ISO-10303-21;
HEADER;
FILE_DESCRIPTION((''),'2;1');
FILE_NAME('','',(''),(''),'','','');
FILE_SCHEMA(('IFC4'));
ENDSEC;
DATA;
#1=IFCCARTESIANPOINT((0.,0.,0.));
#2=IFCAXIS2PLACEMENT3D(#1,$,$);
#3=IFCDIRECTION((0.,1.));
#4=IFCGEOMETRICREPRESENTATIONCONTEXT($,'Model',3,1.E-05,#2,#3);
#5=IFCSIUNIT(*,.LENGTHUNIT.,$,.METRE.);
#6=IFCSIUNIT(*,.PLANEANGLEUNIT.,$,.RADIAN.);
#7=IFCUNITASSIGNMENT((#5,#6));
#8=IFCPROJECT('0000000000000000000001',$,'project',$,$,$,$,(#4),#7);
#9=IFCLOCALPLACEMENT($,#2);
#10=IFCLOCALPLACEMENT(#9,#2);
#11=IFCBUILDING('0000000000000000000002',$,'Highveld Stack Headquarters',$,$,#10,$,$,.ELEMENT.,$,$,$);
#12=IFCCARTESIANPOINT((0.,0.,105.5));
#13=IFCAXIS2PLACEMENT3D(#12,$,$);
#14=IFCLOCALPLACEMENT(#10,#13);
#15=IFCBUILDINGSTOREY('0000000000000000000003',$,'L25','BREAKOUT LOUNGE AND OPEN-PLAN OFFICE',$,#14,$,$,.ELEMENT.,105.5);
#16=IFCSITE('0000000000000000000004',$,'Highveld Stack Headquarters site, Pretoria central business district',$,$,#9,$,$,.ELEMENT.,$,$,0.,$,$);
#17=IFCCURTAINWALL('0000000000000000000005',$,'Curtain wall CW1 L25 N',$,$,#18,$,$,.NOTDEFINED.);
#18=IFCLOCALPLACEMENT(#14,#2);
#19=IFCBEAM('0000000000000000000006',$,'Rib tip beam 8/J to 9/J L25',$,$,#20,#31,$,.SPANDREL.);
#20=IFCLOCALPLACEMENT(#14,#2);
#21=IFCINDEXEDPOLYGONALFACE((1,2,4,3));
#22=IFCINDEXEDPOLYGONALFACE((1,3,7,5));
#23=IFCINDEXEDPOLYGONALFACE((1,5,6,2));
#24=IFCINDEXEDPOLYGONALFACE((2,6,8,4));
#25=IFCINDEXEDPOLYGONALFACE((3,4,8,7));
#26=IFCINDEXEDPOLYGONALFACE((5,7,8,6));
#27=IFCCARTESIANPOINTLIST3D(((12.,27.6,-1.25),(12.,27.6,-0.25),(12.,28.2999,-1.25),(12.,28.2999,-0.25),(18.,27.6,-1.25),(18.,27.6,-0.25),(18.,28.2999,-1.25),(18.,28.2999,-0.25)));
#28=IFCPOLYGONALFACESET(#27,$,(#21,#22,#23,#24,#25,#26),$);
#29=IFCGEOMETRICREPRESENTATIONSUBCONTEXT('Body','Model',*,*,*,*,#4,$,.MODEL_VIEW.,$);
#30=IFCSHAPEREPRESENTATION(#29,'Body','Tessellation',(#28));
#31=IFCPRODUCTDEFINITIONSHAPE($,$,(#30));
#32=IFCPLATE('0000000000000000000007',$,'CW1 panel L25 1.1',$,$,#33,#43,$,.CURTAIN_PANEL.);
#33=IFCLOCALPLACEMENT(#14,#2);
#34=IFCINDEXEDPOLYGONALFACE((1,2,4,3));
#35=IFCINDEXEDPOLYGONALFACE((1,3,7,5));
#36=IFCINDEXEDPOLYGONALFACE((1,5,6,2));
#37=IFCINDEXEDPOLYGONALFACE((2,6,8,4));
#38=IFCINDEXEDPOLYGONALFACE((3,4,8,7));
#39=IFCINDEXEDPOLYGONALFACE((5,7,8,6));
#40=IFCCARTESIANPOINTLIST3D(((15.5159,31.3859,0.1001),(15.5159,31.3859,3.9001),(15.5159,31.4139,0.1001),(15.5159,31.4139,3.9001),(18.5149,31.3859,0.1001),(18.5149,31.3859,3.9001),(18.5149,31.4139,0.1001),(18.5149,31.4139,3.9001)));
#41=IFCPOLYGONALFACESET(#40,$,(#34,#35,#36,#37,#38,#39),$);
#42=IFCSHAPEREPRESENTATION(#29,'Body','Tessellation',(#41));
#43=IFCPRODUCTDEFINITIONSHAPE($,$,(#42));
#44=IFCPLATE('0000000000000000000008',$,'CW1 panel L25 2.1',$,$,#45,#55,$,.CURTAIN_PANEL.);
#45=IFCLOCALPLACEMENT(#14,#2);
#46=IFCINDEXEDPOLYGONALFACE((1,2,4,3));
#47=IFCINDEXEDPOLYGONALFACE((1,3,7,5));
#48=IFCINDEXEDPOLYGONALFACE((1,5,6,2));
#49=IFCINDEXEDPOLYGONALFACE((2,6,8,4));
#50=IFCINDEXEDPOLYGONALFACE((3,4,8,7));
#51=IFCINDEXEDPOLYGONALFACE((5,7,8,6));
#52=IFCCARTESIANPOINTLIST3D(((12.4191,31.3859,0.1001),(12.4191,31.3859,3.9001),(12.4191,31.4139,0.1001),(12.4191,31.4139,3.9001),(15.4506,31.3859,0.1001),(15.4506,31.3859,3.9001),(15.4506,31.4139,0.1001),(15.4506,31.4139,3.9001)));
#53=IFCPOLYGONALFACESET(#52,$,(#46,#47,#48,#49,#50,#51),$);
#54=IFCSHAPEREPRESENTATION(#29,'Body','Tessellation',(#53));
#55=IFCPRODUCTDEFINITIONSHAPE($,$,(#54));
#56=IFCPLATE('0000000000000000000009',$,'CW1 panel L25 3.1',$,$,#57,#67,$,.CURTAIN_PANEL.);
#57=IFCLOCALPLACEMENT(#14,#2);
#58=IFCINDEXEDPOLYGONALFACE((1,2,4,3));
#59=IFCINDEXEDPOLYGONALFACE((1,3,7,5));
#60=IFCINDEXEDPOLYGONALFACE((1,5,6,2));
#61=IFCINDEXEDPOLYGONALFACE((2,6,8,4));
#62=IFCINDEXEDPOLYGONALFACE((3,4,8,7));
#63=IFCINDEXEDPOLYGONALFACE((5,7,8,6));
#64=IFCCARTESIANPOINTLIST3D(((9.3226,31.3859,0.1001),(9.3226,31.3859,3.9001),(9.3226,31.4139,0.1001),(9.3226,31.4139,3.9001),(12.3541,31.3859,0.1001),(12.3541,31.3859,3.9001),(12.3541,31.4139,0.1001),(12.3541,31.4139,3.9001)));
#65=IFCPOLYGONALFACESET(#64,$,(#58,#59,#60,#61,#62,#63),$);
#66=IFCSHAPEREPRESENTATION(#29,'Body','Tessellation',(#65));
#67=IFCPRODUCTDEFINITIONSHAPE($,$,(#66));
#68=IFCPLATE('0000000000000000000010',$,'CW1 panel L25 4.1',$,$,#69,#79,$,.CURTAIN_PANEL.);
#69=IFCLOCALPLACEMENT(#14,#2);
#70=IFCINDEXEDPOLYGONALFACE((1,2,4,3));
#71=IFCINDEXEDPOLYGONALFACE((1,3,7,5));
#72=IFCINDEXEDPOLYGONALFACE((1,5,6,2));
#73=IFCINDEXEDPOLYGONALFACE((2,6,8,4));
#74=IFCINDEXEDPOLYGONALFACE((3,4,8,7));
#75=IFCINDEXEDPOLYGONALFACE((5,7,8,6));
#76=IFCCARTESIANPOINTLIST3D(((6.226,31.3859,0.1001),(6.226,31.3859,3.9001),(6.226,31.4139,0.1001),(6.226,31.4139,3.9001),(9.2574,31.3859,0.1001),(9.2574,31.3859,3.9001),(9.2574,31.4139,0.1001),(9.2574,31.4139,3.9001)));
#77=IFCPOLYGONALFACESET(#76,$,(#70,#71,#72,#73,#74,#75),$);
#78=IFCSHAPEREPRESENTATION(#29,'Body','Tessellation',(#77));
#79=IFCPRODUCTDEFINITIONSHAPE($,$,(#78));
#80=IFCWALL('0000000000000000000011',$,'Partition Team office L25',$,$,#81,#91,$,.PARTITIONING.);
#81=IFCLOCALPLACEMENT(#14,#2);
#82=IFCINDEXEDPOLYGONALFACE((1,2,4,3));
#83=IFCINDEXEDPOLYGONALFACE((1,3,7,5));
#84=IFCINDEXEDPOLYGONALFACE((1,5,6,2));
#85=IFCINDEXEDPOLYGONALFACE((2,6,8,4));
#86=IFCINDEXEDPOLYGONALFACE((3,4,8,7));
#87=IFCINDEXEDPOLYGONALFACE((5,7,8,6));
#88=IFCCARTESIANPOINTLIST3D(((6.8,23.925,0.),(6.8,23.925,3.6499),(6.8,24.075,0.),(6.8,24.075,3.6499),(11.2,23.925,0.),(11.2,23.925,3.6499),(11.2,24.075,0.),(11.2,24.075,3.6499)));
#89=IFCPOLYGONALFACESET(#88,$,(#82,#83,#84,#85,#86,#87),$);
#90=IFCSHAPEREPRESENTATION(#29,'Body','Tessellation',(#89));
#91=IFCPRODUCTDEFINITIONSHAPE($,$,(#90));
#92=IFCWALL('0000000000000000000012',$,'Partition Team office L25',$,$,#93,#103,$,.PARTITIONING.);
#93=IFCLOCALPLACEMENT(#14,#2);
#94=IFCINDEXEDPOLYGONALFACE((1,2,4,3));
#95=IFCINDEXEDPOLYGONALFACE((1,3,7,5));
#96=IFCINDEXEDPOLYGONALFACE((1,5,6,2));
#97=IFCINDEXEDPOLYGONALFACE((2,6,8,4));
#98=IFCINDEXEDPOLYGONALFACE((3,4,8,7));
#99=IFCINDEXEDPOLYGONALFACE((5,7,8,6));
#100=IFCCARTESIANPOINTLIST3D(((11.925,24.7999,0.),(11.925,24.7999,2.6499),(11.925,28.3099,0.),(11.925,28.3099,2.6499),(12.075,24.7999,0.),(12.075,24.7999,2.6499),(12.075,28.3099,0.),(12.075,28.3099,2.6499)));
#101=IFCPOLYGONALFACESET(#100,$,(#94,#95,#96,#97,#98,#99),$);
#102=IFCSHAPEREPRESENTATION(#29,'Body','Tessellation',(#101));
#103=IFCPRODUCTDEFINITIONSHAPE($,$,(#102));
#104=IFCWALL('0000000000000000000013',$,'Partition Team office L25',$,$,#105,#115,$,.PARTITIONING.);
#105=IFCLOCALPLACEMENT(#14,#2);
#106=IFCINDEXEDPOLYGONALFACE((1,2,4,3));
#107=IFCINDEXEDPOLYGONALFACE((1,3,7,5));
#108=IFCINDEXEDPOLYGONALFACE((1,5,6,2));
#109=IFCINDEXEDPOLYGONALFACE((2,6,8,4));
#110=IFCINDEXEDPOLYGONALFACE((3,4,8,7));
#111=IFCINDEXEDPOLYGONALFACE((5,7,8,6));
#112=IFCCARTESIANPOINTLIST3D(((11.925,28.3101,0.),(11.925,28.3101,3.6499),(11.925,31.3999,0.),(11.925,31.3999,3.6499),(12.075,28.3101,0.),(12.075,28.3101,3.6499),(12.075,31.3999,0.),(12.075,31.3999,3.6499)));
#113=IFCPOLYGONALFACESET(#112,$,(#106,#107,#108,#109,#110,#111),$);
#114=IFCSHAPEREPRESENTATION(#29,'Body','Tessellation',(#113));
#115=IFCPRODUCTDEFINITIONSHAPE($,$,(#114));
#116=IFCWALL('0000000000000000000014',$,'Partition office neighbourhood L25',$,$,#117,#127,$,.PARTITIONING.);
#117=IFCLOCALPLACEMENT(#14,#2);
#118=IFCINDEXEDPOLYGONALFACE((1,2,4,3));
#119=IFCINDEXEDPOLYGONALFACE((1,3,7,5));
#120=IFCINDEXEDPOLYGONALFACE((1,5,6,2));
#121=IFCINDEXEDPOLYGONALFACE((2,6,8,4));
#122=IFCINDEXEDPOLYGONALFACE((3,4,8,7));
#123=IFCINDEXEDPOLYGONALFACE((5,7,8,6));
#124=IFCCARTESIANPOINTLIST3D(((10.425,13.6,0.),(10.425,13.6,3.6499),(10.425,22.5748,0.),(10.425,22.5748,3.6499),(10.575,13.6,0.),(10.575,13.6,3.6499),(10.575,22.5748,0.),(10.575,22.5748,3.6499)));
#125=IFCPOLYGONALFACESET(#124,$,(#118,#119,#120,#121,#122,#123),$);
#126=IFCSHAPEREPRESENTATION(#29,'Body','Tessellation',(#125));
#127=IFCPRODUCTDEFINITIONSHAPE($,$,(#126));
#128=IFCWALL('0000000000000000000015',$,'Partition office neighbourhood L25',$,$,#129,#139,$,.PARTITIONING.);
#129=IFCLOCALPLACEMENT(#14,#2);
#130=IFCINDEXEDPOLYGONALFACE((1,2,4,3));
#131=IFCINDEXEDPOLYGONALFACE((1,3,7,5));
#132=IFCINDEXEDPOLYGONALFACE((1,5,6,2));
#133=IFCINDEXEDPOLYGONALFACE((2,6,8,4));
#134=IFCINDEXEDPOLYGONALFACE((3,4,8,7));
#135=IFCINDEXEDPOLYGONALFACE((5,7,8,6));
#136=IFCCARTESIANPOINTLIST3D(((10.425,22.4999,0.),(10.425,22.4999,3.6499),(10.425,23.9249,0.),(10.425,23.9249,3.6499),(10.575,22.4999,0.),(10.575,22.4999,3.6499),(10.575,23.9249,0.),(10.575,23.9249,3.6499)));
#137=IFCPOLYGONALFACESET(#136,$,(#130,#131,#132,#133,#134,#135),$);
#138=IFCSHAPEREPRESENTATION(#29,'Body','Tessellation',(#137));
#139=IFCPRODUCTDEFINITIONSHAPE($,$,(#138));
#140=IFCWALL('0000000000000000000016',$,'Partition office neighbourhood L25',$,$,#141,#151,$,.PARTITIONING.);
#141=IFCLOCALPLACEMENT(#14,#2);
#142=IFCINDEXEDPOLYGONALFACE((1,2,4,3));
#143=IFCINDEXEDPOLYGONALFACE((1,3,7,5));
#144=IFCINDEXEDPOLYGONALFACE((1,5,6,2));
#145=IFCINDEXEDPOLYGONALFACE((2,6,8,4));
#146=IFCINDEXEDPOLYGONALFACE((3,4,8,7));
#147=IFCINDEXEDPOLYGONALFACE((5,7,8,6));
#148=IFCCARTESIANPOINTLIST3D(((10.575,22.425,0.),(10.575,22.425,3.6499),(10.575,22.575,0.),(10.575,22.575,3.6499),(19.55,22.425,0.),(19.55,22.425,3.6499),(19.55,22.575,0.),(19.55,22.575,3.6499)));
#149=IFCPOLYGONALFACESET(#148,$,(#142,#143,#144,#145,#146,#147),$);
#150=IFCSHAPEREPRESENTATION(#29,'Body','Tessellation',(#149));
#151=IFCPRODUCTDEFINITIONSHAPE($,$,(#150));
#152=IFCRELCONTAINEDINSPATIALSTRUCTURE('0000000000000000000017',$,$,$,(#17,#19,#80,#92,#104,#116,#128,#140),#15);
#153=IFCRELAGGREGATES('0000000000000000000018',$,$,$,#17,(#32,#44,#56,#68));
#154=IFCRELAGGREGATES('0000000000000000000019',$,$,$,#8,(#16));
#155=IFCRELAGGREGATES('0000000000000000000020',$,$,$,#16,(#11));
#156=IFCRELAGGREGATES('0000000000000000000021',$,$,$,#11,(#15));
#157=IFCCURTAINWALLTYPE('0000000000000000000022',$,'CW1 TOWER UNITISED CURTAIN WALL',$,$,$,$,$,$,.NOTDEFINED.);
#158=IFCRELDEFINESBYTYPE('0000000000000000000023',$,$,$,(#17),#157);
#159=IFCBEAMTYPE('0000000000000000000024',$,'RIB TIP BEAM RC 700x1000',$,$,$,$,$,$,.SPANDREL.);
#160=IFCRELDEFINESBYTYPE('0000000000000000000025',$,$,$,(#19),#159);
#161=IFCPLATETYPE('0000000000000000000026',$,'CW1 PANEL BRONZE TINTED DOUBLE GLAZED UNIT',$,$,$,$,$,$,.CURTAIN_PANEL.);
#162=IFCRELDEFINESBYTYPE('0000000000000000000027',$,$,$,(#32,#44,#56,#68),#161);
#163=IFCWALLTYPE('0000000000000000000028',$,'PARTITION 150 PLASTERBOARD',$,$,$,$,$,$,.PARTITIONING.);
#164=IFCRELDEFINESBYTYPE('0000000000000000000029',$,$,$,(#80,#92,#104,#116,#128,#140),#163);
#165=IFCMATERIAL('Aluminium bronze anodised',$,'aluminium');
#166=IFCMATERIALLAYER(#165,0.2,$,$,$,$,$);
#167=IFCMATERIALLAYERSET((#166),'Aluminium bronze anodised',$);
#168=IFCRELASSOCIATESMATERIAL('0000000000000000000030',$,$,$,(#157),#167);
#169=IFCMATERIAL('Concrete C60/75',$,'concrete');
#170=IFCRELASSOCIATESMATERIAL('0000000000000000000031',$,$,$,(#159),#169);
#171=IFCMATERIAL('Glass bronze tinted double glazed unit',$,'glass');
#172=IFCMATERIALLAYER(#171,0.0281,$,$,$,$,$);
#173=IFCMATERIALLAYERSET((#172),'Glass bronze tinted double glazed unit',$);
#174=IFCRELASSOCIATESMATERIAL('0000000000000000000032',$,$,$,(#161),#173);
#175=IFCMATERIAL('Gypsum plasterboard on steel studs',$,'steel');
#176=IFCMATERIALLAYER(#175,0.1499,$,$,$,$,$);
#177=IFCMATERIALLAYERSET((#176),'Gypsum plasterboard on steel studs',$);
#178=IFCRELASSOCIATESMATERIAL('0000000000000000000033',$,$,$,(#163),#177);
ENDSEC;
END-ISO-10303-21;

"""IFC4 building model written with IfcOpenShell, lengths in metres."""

from ifc_helpers import new_model, si_unit, direction, frame, frame_2d, origin, origin_2d, place, context, subcontext, project, spatial, rectangle, extrude, material, layer, layer_set, material_profile, profile_set, type_object, element, aggregate, save


model = new_model("IFC4")

# Units and contexts
model_context = context("Model", 3, precision=1e-05, world=origin(), true_north=direction((0.0, 1.0)))
body_context = subcontext(model_context, "Body", "Model", "MODEL_VIEW")
ifc_project = project(units=[si_unit("LENGTHUNIT", "METRE"), si_unit("PLANEANGLEUNIT", "RADIAN")], contexts=[model_context])

# Site, building, storey
site_placement = place(None, origin())
site = spatial("IfcSite", under=ifc_project, at=site_placement, Name="Highveld Stack Headquarters site, Pretoria central business district", CompositionType="ELEMENT", RefElevation=0.0)
building_placement = place(site_placement, origin())
building = spatial("IfcBuilding", under=site, at=building_placement, Name="Highveld Stack Headquarters", CompositionType="ELEMENT")
storey_placement = place(building_placement, frame((0.0, 0.0, 105.5)))
storey = spatial("IfcBuildingStorey", under=building, at=storey_placement, Name="L25", Description="BREAKOUT LOUNGE AND OPEN-PLAN OFFICE", CompositionType="ELEMENT", Elevation=105.5)

# Curtain wall
ifc_material_1 = material(Name="Aluminium bronze anodised", Category="aluminium")
ifc_layer_1 = layer(ifc_material_1, 0.2)
ifc_layer_set_1 = layer_set([ifc_layer_1], Name="Aluminium bronze anodised")
curtain_wall_type = type_object("IfcCurtainWallType", Name="CW1 TOWER UNITISED CURTAIN WALL", PredefinedType="NOTDEFINED", material=ifc_layer_set_1)
curtain_wall_placement = place(storey_placement, origin())
curtain_wall = element("IfcCurtainWall", 1, at=curtain_wall_placement, inside=storey, type_object=curtain_wall_type, Name="Curtain wall CW1 L25 N", PredefinedType="NOTDEFINED")

# Beam
ifc_material_2 = material(Name="Concrete C60/75", Category="concrete")
ifc_material_profile_1 = material_profile(ifc_material_2, rectangle(XDim=0.7, YDim=1.0, at=origin_2d()), Name="RC 700x1000")
ifc_profile_set_1 = profile_set([ifc_material_profile_1], Name="Concrete C60/75")
beam_type_1 = type_object("IfcBeamType", Name="RIB TIP BEAM RC 700x1000", PredefinedType="SPANDREL", material=ifc_profile_set_1)
beam_1_placement = place(storey_placement, frame((12.0, 27.95, -0.75), z_axis=(1.0, 0.0, 0.0), x_axis=(0.0, 1.0, 0.0)))
element("IfcBeam", 2, at=beam_1_placement, inside=storey, type_object=beam_type_1, Name="Rib tip beam 8/J to 9/J L25", PredefinedType="SPANDREL", context=body_context, shape_type="SweptSolid", body=[
    extrude(rectangle(XDim=0.7, YDim=1.0, at=origin_2d()), origin(), (0.0, 0.0, 1.0), 6.0),
])

# Plates
ifc_material_3 = material(Name="Glass bronze tinted double glazed unit", Category="glass")
ifc_layer_2 = layer(ifc_material_3, 0.0281)
ifc_layer_set_2 = layer_set([ifc_layer_2], Name="Glass bronze tinted double glazed unit")
plate_type = type_object("IfcPlateType", Name="CW1 PANEL BRONZE TINTED DOUBLE GLAZED UNIT", PredefinedType="CURTAIN_PANEL", material=ifc_layer_set_2)
plate_1_placement = place(storey_placement, frame((17.0154, 31.3999, 0.1001), z_axis=(0.0, 0.0, 1.0), x_axis=(-1.0, 0.0, 0.0)))
plate_1 = element("IfcPlate", 3, at=plate_1_placement, type_object=plate_type, Name="CW1 panel L25 1.1", PredefinedType="CURTAIN_PANEL", context=body_context, shape_type="SweptSolid", body=[
    extrude(rectangle(XDim=2.999, YDim=0.0281, at=origin_2d()), origin(), (0.0, 0.0, 1.0), 3.8),
])
plate_2_placement = place(storey_placement, frame((13.9348, 31.3999, 0.1001), z_axis=(0.0, 0.0, 1.0), x_axis=(-1.0, 0.0, 0.0)))
plate_2 = element("IfcPlate", 4, at=plate_2_placement, type_object=plate_type, Name="CW1 panel L25 2.1", PredefinedType="CURTAIN_PANEL", context=body_context, shape_type="SweptSolid", body=[
    extrude(rectangle(XDim=3.0315, YDim=0.0281, at=origin_2d()), origin(), (0.0, 0.0, 1.0), 3.8),
])
plate_3_placement = place(storey_placement, frame((10.8384, 31.3999, 0.1001), z_axis=(0.0, 0.0, 1.0), x_axis=(-1.0, 0.0, 0.0)))
plate_3 = element("IfcPlate", 5, at=plate_3_placement, type_object=plate_type, Name="CW1 panel L25 3.1", PredefinedType="CURTAIN_PANEL", context=body_context, shape_type="SweptSolid", body=[
    extrude(rectangle(XDim=3.0315, YDim=0.0281, at=origin_2d()), origin(), (0.0, 0.0, 1.0), 3.8),
])
plate_4_placement = place(storey_placement, frame((7.7417, 31.3999, 0.1001), z_axis=(0.0, 0.0, 1.0), x_axis=(-1.0, 0.0, 0.0)))
plate_4 = element("IfcPlate", 6, at=plate_4_placement, type_object=plate_type, Name="CW1 panel L25 4.1", PredefinedType="CURTAIN_PANEL", context=body_context, shape_type="SweptSolid", body=[
    extrude(rectangle(XDim=3.0315, YDim=0.0281, at=origin_2d()), origin(), (0.0, 0.0, 1.0), 3.8),
])
aggregate(curtain_wall, [plate_1, plate_2, plate_3, plate_4])

# Walls
ifc_material_4 = material(Name="Gypsum plasterboard on steel studs", Category="steel")
ifc_layer_3 = layer(ifc_material_4, 0.1499)
ifc_layer_set_3 = layer_set([ifc_layer_3], Name="Gypsum plasterboard on steel studs")
wall_type = type_object("IfcWallType", Name="PARTITION 150 PLASTERBOARD", PredefinedType="PARTITIONING", material=ifc_layer_set_3)
wall_1_placement = place(storey_placement, frame((6.8, 24.0, 0.0), z_axis=(0.0, 0.0, 1.0), x_axis=(1.0, 0.0, 0.0)))
element("IfcWall", 7, at=wall_1_placement, inside=storey, type_object=wall_type, Name="Partition Team office L25", PredefinedType="PARTITIONING", context=body_context, shape_type="SweptSolid", body=[
    extrude(rectangle(XDim=4.3999, YDim=0.1499, at=frame_2d((2.2, 0.0))), origin(), (0.0, 0.0, 1.0), 3.6499),
])
wall_2_placement = place(storey_placement, frame((12.0, 24.8, 0.0), z_axis=(0.0, 0.0, 1.0), x_axis=(0.0, 1.0, 0.0)))
element("IfcWall", 8, at=wall_2_placement, inside=storey, type_object=wall_type, Name="Partition Team office L25", PredefinedType="PARTITIONING", context=body_context, shape_type="SweptSolid", body=[
    extrude(rectangle(XDim=3.51, YDim=0.1499, at=frame_2d((1.7549, 0.0))), origin(), (0.0, 0.0, 1.0), 2.6499),
])
wall_3_placement = place(storey_placement, frame((12.0, 28.3101, 0.0), z_axis=(0.0, 0.0, 1.0), x_axis=(0.0, 1.0, 0.0)))
element("IfcWall", 9, at=wall_3_placement, inside=storey, type_object=wall_type, Name="Partition Team office L25", PredefinedType="PARTITIONING", context=body_context, shape_type="SweptSolid", body=[
    extrude(rectangle(XDim=3.0898, YDim=0.1499, at=frame_2d((1.5449, 0.0))), origin(), (0.0, 0.0, 1.0), 3.6499),
])
wall_4_placement = place(storey_placement, frame((10.5, 13.6001, 0.0), z_axis=(0.0, 0.0, 1.0), x_axis=(0.0, 1.0, 0.0)))
element("IfcWall", 10, at=wall_4_placement, inside=storey, type_object=wall_type, Name="Partition office neighbourhood L25", PredefinedType="PARTITIONING", context=body_context, shape_type="SweptSolid", body=[
    extrude(rectangle(XDim=8.9749, YDim=0.1499, at=frame_2d((4.4873, 0.0))), origin(), (0.0, 0.0, 1.0), 3.6499),
])
wall_5_placement = place(storey_placement, frame((10.5, 22.5, 0.0), z_axis=(0.0, 0.0, 1.0), x_axis=(0.0, 1.0, 0.0)))
element("IfcWall", 11, at=wall_5_placement, inside=storey, type_object=wall_type, Name="Partition office neighbourhood L25", PredefinedType="PARTITIONING", context=body_context, shape_type="SweptSolid", body=[
    extrude(rectangle(XDim=1.425, YDim=0.1499, at=frame_2d((0.7124, 0.0))), origin(), (0.0, 0.0, 1.0), 3.6499),
])
wall_6_placement = place(storey_placement, frame((10.575, 22.5, 0.0), z_axis=(0.0, 0.0, 1.0), x_axis=(1.0, 0.0, 0.0)))
element("IfcWall", 12, at=wall_6_placement, inside=storey, type_object=wall_type, Name="Partition office neighbourhood L25", PredefinedType="PARTITIONING", context=body_context, shape_type="SweptSolid", body=[
    extrude(rectangle(XDim=8.9751, YDim=0.1499, at=frame_2d((4.4875, 0.0))), origin(), (0.0, 0.0, 1.0), 3.6499),
])

save(model, "model.ifc")
